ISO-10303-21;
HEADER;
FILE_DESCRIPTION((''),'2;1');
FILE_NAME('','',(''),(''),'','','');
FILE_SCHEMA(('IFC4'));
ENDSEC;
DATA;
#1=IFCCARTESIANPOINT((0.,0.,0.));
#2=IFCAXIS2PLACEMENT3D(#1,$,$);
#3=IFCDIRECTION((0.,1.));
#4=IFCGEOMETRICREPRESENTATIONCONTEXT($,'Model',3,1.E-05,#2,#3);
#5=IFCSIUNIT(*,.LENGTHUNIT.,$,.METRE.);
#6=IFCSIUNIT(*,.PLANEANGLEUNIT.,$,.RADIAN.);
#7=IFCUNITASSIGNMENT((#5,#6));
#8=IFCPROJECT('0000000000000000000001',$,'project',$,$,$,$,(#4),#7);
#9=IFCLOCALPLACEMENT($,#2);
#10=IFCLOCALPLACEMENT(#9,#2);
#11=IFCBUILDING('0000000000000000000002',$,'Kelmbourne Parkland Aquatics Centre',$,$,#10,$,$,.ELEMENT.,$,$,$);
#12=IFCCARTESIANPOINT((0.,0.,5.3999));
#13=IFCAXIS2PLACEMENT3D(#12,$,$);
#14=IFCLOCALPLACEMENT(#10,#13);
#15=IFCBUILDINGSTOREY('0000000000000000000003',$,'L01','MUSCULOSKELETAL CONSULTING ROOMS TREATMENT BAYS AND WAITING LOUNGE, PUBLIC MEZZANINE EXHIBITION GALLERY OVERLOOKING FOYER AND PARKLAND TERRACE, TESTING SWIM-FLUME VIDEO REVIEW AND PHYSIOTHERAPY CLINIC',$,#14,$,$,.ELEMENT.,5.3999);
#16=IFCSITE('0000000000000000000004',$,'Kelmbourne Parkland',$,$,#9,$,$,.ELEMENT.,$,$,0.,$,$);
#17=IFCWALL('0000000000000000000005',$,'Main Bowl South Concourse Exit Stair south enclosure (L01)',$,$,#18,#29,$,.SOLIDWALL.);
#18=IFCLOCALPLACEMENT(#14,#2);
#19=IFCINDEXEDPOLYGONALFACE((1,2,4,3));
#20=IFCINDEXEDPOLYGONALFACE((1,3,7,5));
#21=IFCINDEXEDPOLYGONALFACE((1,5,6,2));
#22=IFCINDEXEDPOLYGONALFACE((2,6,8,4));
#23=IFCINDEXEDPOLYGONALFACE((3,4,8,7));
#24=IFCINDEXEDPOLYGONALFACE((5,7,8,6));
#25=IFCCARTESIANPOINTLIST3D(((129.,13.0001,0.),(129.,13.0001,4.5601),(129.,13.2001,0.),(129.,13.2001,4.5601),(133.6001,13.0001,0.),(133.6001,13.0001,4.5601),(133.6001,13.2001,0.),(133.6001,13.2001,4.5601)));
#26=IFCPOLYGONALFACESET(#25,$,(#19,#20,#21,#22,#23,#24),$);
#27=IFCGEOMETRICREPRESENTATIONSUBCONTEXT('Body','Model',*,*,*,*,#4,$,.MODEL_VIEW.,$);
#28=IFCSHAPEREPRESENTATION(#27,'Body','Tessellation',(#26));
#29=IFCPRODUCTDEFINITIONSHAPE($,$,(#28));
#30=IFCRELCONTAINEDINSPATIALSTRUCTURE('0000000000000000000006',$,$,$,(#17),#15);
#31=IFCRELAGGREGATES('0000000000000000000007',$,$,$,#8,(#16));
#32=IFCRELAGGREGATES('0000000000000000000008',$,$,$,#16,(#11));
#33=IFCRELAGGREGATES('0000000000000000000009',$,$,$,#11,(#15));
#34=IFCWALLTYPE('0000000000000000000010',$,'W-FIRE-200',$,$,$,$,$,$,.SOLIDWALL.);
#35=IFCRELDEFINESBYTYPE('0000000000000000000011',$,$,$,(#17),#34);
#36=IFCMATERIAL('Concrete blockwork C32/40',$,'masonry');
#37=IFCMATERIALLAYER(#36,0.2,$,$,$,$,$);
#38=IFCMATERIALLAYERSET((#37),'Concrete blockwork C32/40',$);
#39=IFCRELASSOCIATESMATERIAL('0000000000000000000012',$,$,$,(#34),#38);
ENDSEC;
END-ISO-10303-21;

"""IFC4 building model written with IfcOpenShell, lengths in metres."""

from ifc_helpers import new_model, si_unit, direction, frame, frame_2d, origin, place, context, subcontext, project, spatial, rectangle, extrude, material, layer, layer_set, type_object, element, save


model = new_model("IFC4")

# Units and contexts
model_context = context("Model", 3, precision=1e-05, world=origin(), true_north=direction((0.0, 1.0)))
body_context = subcontext(model_context, "Body", "Model", "MODEL_VIEW")
ifc_project = project(units=[si_unit("LENGTHUNIT", "METRE"), si_unit("PLANEANGLEUNIT", "RADIAN")], contexts=[model_context])

# Site, building, storey
site_placement = place(None, origin())
site = spatial("IfcSite", under=ifc_project, at=site_placement, Name="Kelmbourne Parkland", CompositionType="ELEMENT", RefElevation=0.0)
building_placement = place(site_placement, origin())
building = spatial("IfcBuilding", under=site, at=building_placement, Name="Kelmbourne Parkland Aquatics Centre", CompositionType="ELEMENT")
storey_placement = place(building_placement, frame((0.0, 0.0, 5.3999)))
storey = spatial("IfcBuildingStorey", under=building, at=storey_placement, Name="L01", Description="MUSCULOSKELETAL CONSULTING ROOMS TREATMENT BAYS AND WAITING LOUNGE, PUBLIC MEZZANINE EXHIBITION GALLERY OVERLOOKING FOYER AND PARKLAND TERRACE, TESTING SWIM-FLUME VIDEO REVIEW AND PHYSIOTHERAPY CLINIC", CompositionType="ELEMENT", Elevation=5.3999)

# Shared definitions
ifc_material_1 = material(Name="Concrete blockwork C32/40", Category="masonry")
ifc_layer_1 = layer(ifc_material_1, 0.2)
ifc_layer_set_1 = layer_set([ifc_layer_1], Name="Concrete blockwork C32/40")
wall_type_1 = type_object("IfcWallType", Name="W-FIRE-200", PredefinedType="SOLIDWALL", material=ifc_layer_set_1)

# Wall
wall_1_placement = place(storey_placement, frame((129.0, 13.1001, 0.0), z_axis=(0.0, 0.0, 1.0), x_axis=(1.0, 0.0, 0.0)))
element("IfcWall", 1, at=wall_1_placement, inside=storey, type_object=wall_type_1, Name="Main Bowl South Concourse Exit Stair south enclosure (L01)", PredefinedType="SOLIDWALL", context=body_context, shape_type="SweptSolid", body=[
    extrude(rectangle(XDim=4.6001, YDim=0.2, at=frame_2d((2.3, 0.0))), origin(), (0.0, 0.0, 1.0), 4.5601),
])

save(model, "model.ifc")
